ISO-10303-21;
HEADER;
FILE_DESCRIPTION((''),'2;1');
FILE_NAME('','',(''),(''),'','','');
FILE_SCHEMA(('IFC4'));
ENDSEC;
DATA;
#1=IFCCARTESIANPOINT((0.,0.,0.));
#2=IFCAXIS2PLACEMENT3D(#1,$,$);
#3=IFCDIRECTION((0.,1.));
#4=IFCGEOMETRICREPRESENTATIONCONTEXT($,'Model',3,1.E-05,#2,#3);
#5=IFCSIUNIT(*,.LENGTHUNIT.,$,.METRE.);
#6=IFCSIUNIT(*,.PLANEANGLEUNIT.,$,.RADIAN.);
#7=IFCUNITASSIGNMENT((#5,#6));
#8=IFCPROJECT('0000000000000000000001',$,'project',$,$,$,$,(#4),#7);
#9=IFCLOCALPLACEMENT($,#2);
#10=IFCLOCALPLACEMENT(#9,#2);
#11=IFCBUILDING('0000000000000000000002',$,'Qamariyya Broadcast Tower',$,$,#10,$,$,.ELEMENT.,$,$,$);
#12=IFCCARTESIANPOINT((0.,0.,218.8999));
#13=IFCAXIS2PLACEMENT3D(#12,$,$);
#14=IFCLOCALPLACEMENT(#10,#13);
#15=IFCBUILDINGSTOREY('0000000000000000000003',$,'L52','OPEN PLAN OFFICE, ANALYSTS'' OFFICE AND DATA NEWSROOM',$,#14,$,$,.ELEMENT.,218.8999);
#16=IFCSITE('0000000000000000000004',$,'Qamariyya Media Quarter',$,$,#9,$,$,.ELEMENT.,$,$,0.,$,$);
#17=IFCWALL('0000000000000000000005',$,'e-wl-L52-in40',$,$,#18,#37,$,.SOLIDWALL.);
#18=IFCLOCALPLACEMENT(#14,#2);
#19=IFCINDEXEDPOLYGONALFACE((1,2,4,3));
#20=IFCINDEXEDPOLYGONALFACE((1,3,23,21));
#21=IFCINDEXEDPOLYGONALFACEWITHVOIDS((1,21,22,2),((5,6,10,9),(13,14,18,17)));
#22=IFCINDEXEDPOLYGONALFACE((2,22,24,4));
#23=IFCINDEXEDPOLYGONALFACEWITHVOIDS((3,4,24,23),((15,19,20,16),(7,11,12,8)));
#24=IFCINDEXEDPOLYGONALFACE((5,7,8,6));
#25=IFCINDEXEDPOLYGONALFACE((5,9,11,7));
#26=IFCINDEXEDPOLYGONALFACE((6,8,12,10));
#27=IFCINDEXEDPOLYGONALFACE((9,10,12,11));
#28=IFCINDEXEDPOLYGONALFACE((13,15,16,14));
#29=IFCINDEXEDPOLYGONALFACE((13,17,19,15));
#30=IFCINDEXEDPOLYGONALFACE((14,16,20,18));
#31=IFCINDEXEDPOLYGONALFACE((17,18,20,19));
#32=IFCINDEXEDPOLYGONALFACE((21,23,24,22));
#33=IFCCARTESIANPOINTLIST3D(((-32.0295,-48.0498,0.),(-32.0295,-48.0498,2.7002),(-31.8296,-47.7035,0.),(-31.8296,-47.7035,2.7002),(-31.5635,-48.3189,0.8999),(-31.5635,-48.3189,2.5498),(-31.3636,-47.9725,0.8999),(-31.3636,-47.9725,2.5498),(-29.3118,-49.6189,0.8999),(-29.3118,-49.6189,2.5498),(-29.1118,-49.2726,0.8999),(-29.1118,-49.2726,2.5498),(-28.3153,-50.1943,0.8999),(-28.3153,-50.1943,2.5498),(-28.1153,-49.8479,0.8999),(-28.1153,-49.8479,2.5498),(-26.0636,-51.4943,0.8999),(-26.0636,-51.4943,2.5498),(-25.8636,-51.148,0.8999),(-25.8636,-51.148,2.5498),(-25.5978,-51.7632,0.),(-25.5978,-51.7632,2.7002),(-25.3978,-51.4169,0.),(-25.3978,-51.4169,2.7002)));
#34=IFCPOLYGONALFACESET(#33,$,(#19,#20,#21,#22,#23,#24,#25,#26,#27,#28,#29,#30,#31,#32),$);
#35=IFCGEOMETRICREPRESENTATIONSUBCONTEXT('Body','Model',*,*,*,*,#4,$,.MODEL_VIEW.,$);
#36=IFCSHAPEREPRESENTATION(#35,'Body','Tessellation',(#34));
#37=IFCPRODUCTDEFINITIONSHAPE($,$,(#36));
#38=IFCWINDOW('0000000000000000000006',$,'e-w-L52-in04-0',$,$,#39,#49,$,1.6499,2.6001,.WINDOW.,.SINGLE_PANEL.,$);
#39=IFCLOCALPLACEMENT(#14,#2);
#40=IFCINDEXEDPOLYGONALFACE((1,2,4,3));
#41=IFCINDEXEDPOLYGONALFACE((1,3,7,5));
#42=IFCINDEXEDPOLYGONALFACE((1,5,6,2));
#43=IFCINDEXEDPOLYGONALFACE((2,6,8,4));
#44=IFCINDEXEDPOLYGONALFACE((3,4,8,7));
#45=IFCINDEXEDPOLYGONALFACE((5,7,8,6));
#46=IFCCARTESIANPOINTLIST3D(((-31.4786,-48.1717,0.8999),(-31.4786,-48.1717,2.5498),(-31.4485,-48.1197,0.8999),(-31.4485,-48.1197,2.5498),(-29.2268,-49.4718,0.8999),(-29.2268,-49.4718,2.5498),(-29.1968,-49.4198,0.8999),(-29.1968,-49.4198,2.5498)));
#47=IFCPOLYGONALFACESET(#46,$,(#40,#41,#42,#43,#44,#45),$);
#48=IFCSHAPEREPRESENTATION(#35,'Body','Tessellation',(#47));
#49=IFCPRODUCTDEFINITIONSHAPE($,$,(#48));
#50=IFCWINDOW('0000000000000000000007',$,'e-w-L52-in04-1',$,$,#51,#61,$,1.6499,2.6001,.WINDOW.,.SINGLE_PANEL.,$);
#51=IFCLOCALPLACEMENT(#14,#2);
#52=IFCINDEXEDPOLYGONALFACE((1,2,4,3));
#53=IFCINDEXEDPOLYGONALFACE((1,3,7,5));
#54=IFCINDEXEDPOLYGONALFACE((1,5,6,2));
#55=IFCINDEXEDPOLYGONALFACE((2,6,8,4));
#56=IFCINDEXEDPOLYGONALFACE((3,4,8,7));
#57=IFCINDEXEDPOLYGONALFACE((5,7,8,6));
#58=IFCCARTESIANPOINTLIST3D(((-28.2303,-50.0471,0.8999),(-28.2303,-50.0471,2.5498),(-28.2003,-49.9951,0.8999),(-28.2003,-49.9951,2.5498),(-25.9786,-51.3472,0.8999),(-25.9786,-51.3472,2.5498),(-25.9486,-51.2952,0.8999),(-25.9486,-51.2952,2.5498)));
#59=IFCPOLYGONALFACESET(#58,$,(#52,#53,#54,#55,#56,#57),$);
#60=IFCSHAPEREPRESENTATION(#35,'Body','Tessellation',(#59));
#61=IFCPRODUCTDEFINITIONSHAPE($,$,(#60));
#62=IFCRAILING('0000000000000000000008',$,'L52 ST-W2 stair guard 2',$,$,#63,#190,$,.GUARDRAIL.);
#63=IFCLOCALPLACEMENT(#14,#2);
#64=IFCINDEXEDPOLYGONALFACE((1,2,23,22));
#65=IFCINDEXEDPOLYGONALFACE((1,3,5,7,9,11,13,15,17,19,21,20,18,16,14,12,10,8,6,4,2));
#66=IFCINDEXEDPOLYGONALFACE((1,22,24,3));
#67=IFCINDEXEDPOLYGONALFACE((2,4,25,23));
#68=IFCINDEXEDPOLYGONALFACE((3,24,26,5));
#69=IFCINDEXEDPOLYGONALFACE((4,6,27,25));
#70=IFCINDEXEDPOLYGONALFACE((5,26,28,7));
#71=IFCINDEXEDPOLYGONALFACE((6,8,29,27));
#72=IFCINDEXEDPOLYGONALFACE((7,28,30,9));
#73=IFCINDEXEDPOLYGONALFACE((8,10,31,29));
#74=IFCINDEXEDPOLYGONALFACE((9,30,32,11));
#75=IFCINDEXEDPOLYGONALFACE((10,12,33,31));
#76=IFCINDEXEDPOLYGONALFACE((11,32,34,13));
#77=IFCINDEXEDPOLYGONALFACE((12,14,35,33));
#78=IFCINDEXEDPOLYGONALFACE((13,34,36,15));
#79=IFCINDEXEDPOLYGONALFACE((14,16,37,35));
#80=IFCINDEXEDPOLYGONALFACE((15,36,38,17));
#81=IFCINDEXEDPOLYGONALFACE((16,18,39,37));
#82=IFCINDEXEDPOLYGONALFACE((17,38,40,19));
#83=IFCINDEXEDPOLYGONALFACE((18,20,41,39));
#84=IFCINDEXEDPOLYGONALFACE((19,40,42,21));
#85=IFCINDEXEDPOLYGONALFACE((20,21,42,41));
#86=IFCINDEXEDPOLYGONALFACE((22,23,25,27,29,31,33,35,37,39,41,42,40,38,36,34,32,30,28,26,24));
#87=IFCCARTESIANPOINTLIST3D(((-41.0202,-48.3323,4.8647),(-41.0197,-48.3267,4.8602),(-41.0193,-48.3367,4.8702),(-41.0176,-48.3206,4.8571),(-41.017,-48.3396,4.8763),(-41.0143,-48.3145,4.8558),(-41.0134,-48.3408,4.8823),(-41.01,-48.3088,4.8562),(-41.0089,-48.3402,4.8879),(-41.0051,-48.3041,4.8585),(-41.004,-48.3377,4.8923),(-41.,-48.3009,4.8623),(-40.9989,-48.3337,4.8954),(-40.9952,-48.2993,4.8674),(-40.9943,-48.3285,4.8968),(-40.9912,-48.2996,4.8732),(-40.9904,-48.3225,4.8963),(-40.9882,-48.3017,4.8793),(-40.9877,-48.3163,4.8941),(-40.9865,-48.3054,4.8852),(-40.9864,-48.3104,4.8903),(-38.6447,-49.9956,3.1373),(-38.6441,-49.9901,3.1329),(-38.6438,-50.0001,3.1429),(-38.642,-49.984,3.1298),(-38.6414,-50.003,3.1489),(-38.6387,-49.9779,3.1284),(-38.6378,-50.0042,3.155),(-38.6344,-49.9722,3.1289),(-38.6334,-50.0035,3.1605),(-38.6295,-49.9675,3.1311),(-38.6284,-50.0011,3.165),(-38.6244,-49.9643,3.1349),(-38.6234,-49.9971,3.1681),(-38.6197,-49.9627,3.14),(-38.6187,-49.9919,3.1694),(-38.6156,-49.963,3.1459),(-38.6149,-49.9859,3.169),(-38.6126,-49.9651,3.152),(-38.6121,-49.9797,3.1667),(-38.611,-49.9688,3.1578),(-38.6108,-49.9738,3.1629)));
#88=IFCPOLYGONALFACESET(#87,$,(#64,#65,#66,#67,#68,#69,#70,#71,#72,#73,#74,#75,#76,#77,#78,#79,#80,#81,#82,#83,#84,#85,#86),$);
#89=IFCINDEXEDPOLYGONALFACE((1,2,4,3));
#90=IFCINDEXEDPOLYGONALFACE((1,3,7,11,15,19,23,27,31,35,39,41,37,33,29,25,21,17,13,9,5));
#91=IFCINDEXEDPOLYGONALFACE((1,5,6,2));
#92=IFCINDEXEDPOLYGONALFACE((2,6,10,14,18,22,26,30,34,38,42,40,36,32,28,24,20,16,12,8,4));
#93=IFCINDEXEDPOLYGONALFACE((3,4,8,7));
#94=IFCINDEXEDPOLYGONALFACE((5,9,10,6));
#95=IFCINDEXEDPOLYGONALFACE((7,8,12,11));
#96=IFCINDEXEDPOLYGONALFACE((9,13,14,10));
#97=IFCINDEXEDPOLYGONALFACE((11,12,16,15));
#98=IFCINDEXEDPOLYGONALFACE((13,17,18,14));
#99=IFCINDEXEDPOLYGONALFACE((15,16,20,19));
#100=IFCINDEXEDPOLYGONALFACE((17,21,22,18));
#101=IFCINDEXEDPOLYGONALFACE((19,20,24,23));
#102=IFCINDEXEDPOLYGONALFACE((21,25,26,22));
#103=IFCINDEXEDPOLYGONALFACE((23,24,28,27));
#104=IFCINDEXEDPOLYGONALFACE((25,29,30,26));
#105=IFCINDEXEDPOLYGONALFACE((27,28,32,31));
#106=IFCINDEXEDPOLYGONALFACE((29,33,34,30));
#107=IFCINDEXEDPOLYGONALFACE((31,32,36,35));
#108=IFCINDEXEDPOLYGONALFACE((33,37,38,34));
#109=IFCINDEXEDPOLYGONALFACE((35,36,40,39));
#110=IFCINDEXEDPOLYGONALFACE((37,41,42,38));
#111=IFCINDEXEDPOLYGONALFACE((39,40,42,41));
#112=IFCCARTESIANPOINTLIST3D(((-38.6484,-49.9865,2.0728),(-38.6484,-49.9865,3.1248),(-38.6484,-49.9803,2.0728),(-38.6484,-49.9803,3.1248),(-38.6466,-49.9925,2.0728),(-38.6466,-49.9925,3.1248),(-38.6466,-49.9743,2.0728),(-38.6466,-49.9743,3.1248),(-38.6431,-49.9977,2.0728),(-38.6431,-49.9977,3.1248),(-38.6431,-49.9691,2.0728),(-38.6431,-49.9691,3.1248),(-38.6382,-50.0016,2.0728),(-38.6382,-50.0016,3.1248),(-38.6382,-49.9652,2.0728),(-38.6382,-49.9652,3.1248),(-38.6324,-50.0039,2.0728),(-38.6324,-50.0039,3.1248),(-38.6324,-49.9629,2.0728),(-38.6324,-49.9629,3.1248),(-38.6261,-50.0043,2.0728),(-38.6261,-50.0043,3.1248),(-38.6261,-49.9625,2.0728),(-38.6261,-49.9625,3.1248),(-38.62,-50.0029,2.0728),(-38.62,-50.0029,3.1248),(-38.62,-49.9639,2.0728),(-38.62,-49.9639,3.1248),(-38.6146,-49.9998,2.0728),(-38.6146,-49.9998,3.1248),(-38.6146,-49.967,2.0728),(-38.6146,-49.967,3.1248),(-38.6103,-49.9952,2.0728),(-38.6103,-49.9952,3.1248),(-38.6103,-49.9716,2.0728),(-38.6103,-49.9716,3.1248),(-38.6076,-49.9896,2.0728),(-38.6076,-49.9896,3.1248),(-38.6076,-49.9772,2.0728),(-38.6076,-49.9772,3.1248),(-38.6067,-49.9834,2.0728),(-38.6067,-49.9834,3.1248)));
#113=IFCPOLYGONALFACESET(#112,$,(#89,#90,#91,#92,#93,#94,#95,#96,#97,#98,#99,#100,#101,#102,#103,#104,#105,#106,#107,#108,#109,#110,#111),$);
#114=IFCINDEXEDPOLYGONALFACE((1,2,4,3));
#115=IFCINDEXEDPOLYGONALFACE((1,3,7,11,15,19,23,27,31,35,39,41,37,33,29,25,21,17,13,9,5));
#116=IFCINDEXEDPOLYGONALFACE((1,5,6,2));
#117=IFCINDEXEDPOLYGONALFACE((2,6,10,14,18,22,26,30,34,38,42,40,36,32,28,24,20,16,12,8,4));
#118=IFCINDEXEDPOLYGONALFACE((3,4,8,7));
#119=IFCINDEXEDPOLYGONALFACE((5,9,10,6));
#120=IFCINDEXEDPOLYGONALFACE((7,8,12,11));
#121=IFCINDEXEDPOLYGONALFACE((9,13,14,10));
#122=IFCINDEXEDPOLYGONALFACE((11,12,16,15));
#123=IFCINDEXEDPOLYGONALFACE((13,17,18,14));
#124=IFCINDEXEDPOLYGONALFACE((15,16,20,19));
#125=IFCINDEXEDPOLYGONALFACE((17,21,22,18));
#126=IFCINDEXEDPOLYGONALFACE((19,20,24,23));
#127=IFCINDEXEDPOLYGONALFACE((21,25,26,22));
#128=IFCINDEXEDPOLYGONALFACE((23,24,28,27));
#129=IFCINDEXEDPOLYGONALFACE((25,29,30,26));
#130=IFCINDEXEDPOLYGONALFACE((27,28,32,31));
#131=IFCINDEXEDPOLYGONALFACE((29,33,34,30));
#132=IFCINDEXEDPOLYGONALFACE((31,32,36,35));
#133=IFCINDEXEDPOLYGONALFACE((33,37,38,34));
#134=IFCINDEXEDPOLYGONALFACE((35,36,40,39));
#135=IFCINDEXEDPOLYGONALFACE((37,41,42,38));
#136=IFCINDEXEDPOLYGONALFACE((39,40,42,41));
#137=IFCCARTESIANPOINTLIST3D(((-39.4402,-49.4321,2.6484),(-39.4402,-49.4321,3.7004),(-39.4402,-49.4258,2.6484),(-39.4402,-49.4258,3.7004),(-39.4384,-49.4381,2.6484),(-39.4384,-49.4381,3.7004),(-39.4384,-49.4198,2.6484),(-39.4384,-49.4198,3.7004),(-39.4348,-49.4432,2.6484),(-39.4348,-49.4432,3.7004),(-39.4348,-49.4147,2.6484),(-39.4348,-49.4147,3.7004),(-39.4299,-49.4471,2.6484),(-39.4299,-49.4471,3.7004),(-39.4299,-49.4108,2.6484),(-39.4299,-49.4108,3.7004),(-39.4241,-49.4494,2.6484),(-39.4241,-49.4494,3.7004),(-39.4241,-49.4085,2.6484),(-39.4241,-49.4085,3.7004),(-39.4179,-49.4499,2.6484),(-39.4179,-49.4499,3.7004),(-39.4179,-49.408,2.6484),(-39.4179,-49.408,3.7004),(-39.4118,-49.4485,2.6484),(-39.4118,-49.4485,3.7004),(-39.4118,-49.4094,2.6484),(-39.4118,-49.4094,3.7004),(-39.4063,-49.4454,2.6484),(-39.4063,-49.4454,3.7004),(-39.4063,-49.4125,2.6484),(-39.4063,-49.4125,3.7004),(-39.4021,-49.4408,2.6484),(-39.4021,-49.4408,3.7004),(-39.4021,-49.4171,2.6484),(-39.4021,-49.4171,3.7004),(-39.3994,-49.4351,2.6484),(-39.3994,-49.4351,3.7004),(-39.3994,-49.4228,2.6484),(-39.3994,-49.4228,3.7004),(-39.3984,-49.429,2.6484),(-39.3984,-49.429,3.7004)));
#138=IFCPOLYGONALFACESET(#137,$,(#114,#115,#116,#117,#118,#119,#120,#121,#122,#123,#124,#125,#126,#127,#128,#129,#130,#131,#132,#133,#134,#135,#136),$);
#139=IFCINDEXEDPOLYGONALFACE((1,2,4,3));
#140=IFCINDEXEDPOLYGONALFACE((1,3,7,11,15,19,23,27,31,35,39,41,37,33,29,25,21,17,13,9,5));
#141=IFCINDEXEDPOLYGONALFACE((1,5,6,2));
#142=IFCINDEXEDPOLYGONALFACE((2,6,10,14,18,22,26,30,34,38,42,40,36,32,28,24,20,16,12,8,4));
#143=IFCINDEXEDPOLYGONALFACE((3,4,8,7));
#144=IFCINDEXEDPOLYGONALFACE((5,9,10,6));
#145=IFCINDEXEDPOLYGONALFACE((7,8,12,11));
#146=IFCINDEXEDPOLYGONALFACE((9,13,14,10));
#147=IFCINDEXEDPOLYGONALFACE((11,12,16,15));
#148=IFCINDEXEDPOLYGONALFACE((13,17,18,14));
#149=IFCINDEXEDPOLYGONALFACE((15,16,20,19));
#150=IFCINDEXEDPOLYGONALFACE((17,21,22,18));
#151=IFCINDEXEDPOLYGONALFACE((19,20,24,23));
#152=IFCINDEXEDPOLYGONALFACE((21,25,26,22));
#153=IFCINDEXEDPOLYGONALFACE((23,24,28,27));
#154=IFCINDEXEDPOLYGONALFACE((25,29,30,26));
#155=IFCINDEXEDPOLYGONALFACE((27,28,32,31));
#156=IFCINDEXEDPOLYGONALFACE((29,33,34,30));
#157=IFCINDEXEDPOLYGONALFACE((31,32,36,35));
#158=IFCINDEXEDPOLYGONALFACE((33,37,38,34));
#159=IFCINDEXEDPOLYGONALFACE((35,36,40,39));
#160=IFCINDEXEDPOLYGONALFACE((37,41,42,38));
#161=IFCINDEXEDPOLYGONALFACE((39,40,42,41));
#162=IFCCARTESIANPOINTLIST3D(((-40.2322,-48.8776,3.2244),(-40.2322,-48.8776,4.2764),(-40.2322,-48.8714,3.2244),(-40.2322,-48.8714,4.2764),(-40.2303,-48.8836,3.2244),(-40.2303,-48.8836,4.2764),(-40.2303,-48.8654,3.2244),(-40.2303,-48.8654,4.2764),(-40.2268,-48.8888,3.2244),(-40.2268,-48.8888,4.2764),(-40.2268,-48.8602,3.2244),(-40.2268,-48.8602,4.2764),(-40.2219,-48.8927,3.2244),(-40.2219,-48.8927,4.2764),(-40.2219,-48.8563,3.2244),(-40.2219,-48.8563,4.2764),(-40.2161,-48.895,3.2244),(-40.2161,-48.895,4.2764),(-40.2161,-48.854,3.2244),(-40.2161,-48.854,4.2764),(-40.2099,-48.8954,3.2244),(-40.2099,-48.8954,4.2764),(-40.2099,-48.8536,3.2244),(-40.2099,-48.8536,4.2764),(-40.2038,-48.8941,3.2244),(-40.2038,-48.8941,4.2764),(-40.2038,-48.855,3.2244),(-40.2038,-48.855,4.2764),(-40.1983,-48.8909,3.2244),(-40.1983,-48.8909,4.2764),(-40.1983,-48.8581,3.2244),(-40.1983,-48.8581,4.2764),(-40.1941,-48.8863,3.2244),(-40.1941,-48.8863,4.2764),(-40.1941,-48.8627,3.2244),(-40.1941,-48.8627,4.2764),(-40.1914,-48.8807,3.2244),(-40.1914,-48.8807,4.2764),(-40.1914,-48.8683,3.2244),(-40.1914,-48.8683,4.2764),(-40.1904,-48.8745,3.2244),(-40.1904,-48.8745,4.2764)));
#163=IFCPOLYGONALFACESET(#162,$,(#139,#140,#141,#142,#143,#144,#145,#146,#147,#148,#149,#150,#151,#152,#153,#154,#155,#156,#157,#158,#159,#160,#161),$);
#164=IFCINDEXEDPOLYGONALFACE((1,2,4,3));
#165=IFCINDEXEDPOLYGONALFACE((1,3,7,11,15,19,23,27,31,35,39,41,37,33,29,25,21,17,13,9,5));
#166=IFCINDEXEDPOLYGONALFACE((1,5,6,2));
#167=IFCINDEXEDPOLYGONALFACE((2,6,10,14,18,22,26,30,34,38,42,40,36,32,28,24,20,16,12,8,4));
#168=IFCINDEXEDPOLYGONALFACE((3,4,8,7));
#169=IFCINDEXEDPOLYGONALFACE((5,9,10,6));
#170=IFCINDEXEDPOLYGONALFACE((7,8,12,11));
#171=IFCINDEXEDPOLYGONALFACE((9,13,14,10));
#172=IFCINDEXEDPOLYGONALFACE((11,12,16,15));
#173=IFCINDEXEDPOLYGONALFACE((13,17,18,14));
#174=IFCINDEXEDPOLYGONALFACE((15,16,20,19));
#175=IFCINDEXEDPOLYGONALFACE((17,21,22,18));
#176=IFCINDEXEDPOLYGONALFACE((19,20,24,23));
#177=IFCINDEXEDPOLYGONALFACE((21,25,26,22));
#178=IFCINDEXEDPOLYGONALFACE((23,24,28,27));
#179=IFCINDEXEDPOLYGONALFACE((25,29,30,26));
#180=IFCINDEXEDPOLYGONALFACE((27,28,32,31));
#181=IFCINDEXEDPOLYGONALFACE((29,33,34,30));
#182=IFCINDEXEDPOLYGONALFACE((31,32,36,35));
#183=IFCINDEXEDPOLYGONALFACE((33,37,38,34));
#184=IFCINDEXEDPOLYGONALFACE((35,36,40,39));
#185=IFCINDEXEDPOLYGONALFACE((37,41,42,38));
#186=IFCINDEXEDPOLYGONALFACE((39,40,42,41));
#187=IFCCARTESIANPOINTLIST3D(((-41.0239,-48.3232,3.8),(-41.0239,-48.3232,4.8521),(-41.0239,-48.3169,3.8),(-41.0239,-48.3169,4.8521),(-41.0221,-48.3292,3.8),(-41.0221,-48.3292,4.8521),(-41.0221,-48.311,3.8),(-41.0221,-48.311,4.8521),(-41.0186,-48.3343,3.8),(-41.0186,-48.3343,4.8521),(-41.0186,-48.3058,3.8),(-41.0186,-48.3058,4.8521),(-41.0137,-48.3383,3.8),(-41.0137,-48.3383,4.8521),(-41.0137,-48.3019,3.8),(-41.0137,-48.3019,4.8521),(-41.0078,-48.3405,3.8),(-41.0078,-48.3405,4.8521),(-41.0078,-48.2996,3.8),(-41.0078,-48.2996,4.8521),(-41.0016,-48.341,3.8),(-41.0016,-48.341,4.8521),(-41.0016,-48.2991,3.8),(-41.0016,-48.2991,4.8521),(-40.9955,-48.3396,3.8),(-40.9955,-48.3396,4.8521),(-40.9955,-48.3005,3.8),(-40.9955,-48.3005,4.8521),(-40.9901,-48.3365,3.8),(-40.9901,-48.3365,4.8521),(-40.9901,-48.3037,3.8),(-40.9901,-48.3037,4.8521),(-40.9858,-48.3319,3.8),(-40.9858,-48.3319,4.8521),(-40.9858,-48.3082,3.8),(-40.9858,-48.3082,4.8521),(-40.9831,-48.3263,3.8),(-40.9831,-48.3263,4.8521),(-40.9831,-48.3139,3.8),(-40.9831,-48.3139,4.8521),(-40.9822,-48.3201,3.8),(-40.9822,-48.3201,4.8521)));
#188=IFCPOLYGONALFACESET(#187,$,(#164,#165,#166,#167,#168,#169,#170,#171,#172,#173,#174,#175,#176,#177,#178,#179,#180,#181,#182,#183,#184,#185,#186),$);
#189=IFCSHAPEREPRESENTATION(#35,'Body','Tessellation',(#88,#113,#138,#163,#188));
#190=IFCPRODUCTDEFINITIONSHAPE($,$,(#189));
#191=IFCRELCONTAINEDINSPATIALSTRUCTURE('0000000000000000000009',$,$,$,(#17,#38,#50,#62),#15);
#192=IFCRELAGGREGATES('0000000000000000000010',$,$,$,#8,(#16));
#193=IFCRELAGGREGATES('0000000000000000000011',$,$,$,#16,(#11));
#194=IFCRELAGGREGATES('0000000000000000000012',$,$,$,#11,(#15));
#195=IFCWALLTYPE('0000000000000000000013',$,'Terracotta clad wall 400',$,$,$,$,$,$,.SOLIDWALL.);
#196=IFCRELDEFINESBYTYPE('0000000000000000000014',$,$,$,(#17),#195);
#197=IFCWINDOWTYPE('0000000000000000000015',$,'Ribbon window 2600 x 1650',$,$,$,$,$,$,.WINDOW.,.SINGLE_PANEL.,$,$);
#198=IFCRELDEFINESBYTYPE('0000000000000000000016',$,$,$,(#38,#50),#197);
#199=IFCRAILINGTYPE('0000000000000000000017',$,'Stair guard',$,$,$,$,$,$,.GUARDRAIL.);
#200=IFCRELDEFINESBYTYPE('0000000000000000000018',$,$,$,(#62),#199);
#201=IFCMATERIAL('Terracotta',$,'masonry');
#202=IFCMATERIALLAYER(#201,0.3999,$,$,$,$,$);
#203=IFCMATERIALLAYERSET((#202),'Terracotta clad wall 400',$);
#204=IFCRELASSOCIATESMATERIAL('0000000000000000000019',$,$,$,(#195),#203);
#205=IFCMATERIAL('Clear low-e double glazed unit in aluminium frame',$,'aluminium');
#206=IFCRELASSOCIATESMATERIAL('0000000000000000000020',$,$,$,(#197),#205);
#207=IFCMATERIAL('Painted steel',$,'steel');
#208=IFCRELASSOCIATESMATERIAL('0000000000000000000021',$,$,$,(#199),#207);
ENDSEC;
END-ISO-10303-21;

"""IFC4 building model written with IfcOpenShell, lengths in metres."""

from ifc_helpers import new_model, si_unit, direction, frame, frame_2d, origin, origin_2d, place, context, subcontext, project, spatial, rectangle, circle, extrude, material, layer, layer_set, type_object, element, fill, save


model = new_model("IFC4")

# Units and contexts
model_context = context("Model", 3, precision=1e-05, world=origin(), true_north=direction((0.0, 1.0)))
body_context = subcontext(model_context, "Body", "Model", "MODEL_VIEW")
ifc_project = project(units=[si_unit("LENGTHUNIT", "METRE"), si_unit("PLANEANGLEUNIT", "RADIAN")], contexts=[model_context])

# Site, building, storey
site_placement = place(None, origin())
site = spatial("IfcSite", under=ifc_project, at=site_placement, Name="Qamariyya Media Quarter", CompositionType="ELEMENT", RefElevation=0.0)
building_placement = place(site_placement, origin())
building = spatial("IfcBuilding", under=site, at=building_placement, Name="Qamariyya Broadcast Tower", CompositionType="ELEMENT")
storey_placement = place(building_placement, frame((0.0, 0.0, 218.8999)))
storey = spatial("IfcBuildingStorey", under=building, at=storey_placement, Name="L52", Description="OPEN PLAN OFFICE, ANALYSTS' OFFICE AND DATA NEWSROOM", CompositionType="ELEMENT", Elevation=218.8999)

# Wall, openings, windows
ifc_material_1 = material(Name="Terracotta", Category="masonry")
ifc_layer_1 = layer(ifc_material_1, 0.3999)
ifc_layer_set_1 = layer_set([ifc_layer_1], Name="Terracotta clad wall 400")
wall_type = type_object("IfcWallType", Name="Terracotta clad wall 400", PredefinedType="SOLIDWALL", material=ifc_layer_set_1)
ifc_material_2 = material(Name="Clear low-e double glazed unit in aluminium frame", Category="aluminium")
window_type = type_object("IfcWindowType", Name="Ribbon window 2600 x 1650", PartitioningType="SINGLE_PANEL", PredefinedType="WINDOW", material=ifc_material_2)
wall_1_placement = place(storey_placement, frame((-25.4978, -51.5901, 0.0), z_axis=(0.0, 0.0, 1.0), x_axis=(-0.866021, 0.500007, 0.0)))
wall_1 = element("IfcWall", 1, at=wall_1_placement, inside=storey, type_object=wall_type, Name="e-wl-L52-in40", PredefinedType="SOLIDWALL", context=body_context, shape_type="SweptSolid", body=[
    extrude(rectangle(XDim=7.4268, YDim=0.3999, at=frame_2d((3.7134, 0.0))), origin(), (0.0, 0.0, 1.0), 2.7002),
])
opening_1_placement = place(wall_1_placement, frame((4.2886, 0.0, 0.8999)))
opening_1 = element("IfcOpeningElement", 2, at=opening_1_placement, cuts=wall_1, PredefinedType="OPENING", context=body_context, shape_type="SweptSolid", body=[
    extrude(rectangle(XDim=2.6001, YDim=1.6499, at=frame_2d((1.3, 0.825))), frame((0.0, 0.21, 0.0), z_axis=(0.0, -1.0, 0.0), x_axis=(1.0, 0.0, 0.0)), (0.0, 0.0, 1.0), 0.4199),
])
opening_2_placement = place(wall_1_placement, frame((0.5378, 0.0, 0.8999)))
opening_2 = element("IfcOpeningElement", 3, at=opening_2_placement, cuts=wall_1, PredefinedType="OPENING", context=body_context, shape_type="SweptSolid", body=[
    extrude(rectangle(XDim=2.6001, YDim=1.6499, at=frame_2d((1.3, 0.825))), frame((0.0, 0.21, 0.0), z_axis=(0.0, -1.0, 0.0), x_axis=(1.0, 0.0, 0.0)), (0.0, 0.0, 1.0), 0.4199),
])
window_1_placement = place(opening_1_placement, origin())
window_1 = element("IfcWindow", 4, at=window_1_placement, inside=storey, type_object=window_type, Name="e-w-L52-in04-0", OverallHeight=1.6499, OverallWidth=2.6001, PartitioningType="SINGLE_PANEL", PredefinedType="WINDOW", context=body_context, shape_type="SweptSolid", body=[
    extrude(rectangle(XDim=2.6001, YDim=1.6499, at=frame_2d((1.3, 0.825))), frame((0.0, 0.03, 0.0), z_axis=(0.0, -1.0, 0.0), x_axis=(1.0, 0.0, 0.0)), (0.0, 0.0, 1.0), 0.0601),
])
fill(opening_1, window_1)
window_2_placement = place(opening_2_placement, origin())
window_2 = element("IfcWindow", 5, at=window_2_placement, inside=storey, type_object=window_type, Name="e-w-L52-in04-1", OverallHeight=1.6499, OverallWidth=2.6001, PartitioningType="SINGLE_PANEL", PredefinedType="WINDOW", context=body_context, shape_type="SweptSolid", body=[
    extrude(rectangle(XDim=2.6001, YDim=1.6499, at=frame_2d((1.3, 0.825))), frame((0.0, 0.03, 0.0), z_axis=(0.0, -1.0, 0.0), x_axis=(1.0, 0.0, 0.0)), (0.0, 0.0, 1.0), 0.0601),
])
fill(opening_2, window_2)

# Railing
ifc_material_3 = material(Name="Painted steel", Category="steel")
railing_type_1 = type_object("IfcRailingType", Name="Stair guard", PredefinedType="GUARDRAIL", material=ifc_material_3)
railing_1_placement = place(storey_placement, frame((-38.6277, -49.9834, 2.0728)))
element("IfcRailing", 6, at=railing_1_placement, inside=storey, type_object=railing_type_1, Name="L52 ST-W2 stair guard 2", PredefinedType="GUARDRAIL", context=body_context, shape_type="SweptSolid", body=[
    extrude(circle(Radius=0.0239, at=origin_2d()), frame((0.0, 0.0, 1.0762), z_axis=(-0.70377, 0.492784, 0.511734), x_axis=(-0.573575, -0.819153, 0.0)), (0.0, 0.0, 1.0), 3.3755),
    extrude(circle(Radius=0.021, at=origin_2d()), origin(), (0.0, 0.0, 1.0), 1.052),
    extrude(circle(Radius=0.021, at=origin_2d()), frame((-0.7917, 0.5544, 0.5757)), (0.0, 0.0, 1.0), 1.052),
    extrude(circle(Radius=0.021, at=origin_2d()), frame((-1.5837, 1.1089, 1.1516)), (0.0, 0.0, 1.0), 1.052),
    extrude(circle(Radius=0.021, at=origin_2d()), frame((-2.3755, 1.6633, 1.7273)), (0.0, 0.0, 1.0), 1.052),
])

save(model, "model.ifc")
